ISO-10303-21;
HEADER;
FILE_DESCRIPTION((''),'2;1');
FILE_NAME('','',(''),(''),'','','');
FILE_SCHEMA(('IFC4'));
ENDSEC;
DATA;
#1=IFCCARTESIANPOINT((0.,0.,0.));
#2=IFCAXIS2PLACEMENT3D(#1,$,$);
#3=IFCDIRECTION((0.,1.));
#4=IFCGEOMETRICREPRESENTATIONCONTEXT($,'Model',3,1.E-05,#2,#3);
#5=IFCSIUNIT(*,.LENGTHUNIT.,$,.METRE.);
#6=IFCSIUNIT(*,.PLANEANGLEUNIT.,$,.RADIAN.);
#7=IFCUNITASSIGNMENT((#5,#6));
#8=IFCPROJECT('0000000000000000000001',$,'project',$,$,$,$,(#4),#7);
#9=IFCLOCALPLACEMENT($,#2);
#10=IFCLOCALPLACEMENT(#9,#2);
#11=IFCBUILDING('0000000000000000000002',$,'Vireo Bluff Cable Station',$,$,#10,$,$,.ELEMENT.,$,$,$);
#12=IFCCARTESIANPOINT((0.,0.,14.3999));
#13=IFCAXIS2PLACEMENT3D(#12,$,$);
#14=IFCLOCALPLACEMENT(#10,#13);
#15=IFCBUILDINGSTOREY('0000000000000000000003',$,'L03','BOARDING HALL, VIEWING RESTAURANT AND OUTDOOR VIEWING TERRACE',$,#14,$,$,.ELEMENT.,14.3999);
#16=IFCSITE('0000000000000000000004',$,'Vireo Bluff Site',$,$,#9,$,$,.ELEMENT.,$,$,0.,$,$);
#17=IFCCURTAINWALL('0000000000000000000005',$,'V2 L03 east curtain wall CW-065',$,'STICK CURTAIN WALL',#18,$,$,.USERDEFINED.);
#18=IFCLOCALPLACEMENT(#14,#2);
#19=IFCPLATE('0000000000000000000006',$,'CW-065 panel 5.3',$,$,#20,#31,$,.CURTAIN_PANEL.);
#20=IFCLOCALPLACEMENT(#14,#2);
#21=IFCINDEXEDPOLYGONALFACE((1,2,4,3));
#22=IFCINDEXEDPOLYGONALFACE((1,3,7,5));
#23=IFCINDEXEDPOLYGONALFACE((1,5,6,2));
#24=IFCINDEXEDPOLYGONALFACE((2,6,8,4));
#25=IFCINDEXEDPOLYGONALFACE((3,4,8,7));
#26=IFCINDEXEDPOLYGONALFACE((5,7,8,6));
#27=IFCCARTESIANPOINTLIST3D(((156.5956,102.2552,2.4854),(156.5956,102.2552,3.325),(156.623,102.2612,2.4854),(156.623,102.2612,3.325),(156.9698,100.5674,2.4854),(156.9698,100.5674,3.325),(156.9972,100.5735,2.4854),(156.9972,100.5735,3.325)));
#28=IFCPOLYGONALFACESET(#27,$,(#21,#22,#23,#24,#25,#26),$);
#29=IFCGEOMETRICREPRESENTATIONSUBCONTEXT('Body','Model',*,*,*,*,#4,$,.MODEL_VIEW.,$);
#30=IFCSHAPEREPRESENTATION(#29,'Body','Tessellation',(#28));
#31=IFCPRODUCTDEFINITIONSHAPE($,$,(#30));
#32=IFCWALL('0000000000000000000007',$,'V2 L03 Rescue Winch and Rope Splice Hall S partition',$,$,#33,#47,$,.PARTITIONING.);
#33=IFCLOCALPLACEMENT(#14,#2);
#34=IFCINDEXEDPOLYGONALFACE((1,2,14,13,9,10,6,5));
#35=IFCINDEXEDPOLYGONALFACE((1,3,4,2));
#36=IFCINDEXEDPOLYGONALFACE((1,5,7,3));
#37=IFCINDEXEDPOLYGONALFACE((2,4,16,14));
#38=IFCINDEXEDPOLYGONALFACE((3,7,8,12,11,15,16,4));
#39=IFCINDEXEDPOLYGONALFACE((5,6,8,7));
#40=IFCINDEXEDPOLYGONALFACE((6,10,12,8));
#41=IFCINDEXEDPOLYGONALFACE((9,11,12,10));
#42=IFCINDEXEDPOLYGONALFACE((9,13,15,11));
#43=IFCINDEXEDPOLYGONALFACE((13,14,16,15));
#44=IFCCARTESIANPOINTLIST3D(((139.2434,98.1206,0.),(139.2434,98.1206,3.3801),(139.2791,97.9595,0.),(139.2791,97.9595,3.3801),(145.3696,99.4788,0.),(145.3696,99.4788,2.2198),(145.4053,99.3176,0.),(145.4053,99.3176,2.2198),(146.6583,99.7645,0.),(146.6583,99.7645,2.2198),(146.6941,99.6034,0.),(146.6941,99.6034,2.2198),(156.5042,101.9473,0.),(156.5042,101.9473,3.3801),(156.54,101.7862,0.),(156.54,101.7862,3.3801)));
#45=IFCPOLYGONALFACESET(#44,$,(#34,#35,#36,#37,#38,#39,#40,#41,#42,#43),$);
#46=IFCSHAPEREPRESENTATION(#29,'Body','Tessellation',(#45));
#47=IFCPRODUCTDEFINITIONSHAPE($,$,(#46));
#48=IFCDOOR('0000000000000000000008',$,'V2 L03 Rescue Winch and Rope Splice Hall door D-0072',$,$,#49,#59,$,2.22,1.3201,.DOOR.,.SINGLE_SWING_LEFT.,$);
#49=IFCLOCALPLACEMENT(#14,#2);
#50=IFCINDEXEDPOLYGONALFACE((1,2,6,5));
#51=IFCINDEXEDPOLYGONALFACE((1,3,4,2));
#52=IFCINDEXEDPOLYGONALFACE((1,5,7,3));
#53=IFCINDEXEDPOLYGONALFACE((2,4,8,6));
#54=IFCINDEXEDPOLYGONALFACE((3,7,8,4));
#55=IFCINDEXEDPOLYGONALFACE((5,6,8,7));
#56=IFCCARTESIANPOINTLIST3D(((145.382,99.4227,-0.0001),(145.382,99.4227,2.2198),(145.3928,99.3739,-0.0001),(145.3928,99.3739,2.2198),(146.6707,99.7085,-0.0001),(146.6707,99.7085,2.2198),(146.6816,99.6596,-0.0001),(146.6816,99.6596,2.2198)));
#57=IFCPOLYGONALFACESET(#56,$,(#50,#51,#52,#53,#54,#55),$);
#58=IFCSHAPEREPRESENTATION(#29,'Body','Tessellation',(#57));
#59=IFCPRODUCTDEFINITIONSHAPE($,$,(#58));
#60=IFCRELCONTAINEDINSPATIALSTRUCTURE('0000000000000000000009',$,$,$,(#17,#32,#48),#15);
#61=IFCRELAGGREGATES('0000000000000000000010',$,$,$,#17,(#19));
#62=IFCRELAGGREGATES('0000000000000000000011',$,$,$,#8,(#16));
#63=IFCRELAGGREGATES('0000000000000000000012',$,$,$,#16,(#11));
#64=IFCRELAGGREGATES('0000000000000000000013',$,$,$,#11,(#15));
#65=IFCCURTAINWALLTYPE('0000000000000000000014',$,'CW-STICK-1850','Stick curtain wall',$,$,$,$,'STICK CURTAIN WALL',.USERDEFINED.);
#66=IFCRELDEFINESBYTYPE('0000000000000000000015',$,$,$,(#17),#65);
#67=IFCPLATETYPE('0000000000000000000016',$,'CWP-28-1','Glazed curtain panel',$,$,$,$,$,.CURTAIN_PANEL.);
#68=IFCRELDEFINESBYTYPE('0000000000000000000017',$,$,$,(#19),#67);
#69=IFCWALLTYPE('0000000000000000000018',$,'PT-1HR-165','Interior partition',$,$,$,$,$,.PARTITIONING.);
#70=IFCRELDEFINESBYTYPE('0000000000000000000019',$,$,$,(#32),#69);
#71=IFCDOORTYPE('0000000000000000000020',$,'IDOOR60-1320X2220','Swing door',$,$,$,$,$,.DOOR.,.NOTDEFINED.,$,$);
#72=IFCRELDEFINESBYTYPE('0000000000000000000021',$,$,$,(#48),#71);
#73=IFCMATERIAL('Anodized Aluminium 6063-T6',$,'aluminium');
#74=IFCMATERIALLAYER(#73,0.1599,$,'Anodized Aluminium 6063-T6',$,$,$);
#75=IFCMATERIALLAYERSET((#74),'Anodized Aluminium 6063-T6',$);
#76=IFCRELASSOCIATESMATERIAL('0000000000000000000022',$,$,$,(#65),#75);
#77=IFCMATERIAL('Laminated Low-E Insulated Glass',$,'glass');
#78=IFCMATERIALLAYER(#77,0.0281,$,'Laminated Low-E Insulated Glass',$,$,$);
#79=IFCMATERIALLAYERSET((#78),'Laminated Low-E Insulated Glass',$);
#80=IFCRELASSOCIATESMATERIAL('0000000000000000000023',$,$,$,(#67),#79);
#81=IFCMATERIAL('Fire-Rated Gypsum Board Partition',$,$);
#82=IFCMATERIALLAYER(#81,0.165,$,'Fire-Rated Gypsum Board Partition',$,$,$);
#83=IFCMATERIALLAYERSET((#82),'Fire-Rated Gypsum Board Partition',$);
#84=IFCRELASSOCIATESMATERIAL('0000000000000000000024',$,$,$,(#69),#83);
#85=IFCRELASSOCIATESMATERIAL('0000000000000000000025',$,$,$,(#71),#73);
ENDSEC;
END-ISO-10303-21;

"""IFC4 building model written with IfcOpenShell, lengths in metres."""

from ifc_helpers import new_model, si_unit, direction, frame, frame_2d, origin, origin_with_axes, origin_2d, place, context, subcontext, project, spatial, rectangle, extrude, material, layer, layer_set, type_object, element, fill, aggregate, save


model = new_model("IFC4")

# Units and contexts
model_context = context("Model", 3, precision=1e-05, world=origin(), true_north=direction((0.0, 1.0)))
body_context = subcontext(model_context, "Body", "Model", "MODEL_VIEW")
ifc_project = project(units=[si_unit("LENGTHUNIT", "METRE"), si_unit("PLANEANGLEUNIT", "RADIAN")], contexts=[model_context])

# Site, building, storey
site_placement = place(None, origin())
site = spatial("IfcSite", under=ifc_project, at=site_placement, Name="Vireo Bluff Site", CompositionType="ELEMENT", RefElevation=0.0)
building_placement = place(site_placement, origin())
building = spatial("IfcBuilding", under=site, at=building_placement, Name="Vireo Bluff Cable Station", CompositionType="ELEMENT")
storey_placement = place(building_placement, frame((0.0, 0.0, 14.3999)))
storey = spatial("IfcBuildingStorey", under=building, at=storey_placement, Name="L03", Description="BOARDING HALL, VIEWING RESTAURANT AND OUTDOOR VIEWING TERRACE", CompositionType="ELEMENT", Elevation=14.3999)

# Curtain wall
ifc_material_1 = material(Name="Anodized Aluminium 6063-T6", Category="aluminium")
ifc_layer_1 = layer(ifc_material_1, 0.1599, Name="Anodized Aluminium 6063-T6")
ifc_layer_set_1 = layer_set([ifc_layer_1], Name="Anodized Aluminium 6063-T6")
curtain_wall_type_1 = type_object("IfcCurtainWallType", Name="CW-STICK-1850", Description="Stick curtain wall", ElementType="STICK CURTAIN WALL", PredefinedType="USERDEFINED", material=ifc_layer_set_1)
curtain_wall_1_placement = place(storey_placement, origin())
curtain_wall_1 = element("IfcCurtainWall", 1, at=curtain_wall_1_placement, inside=storey, type_object=curtain_wall_type_1, Name="V2 L03 east curtain wall CW-065", ObjectType="STICK CURTAIN WALL", PredefinedType="USERDEFINED")

# Plate
ifc_material_2 = material(Name="Laminated Low-E Insulated Glass", Category="glass")
ifc_layer_2 = layer(ifc_material_2, 0.0281, Name="Laminated Low-E Insulated Glass")
ifc_layer_set_2 = layer_set([ifc_layer_2], Name="Laminated Low-E Insulated Glass")
plate_type = type_object("IfcPlateType", Name="CWP-28-1", Description="Glazed curtain panel", PredefinedType="CURTAIN_PANEL", material=ifc_layer_set_2)
plate_1_placement = place(storey_placement, frame((156.7964, 101.4143, 2.4854), z_axis=(0.0, 0.0, 1.0), x_axis=(0.21644, -0.976296, 0.0)))
plate_1 = element("IfcPlate", 2, at=plate_1_placement, type_object=plate_type, Name="CW-065 panel 5.3", PredefinedType="CURTAIN_PANEL", context=body_context, shape_type="SweptSolid", body=[
    extrude(rectangle(XDim=1.7288, YDim=0.0281, at=origin_2d()), origin(), (0.0, 0.0, 1.0), 0.8396),
])
aggregate(curtain_wall_1, [plate_1])

# Wall, opening, door
ifc_material_3 = material(Name="Fire-Rated Gypsum Board Partition")
ifc_layer_3 = layer(ifc_material_3, 0.165, Name="Fire-Rated Gypsum Board Partition")
ifc_layer_set_3 = layer_set([ifc_layer_3], Name="Fire-Rated Gypsum Board Partition")
wall_type = type_object("IfcWallType", Name="PT-1HR-165", Description="Interior partition", PredefinedType="PARTITIONING", material=ifc_layer_set_3)
wall_placement = place(storey_placement, frame((156.522, 101.8667, 0.0), z_axis=(0.0, 0.0, 1.0), x_axis=(-0.976295, -0.216442, 0.0)))
wall = element("IfcWall", 3, at=wall_placement, inside=storey, type_object=wall_type, Name="V2 L03 Rescue Winch and Rope Splice Hall S partition", PredefinedType="PARTITIONING", context=body_context, shape_type="SweptSolid", body=[
    extrude(rectangle(XDim=17.6799, YDim=0.165, at=frame_2d((8.8398, 0.0))), origin(), (0.0, 0.0, 1.0), 3.3801),
])
opening_placement = place(wall_placement, frame((10.0847, 0.0, 0.0)))
opening = element("IfcOpeningElement", 4, at=opening_placement, cuts=wall, PredefinedType="OPENING", context=body_context, shape_type="SweptSolid", body=[
    extrude(rectangle(XDim=1.3201, YDim=2.22, at=frame_2d((0.6602, 1.1099))), frame((0.0, 0.0925, 0.0), z_axis=(0.0, -1.0, 0.0), x_axis=(1.0, 0.0, 0.0)), (0.0, 0.0, 1.0), 0.1851),
])
door_type = type_object("IfcDoorType", Name="IDOOR60-1320X2220", Description="Swing door", OperationType="NOTDEFINED", PredefinedType="DOOR", material=ifc_material_1)
door_placement = place(opening_placement, origin_with_axes())
door = element("IfcDoor", 5, at=door_placement, inside=storey, type_object=door_type, Name="V2 L03 Rescue Winch and Rope Splice Hall door D-0072", OperationType="SINGLE_SWING_LEFT", OverallHeight=2.22, OverallWidth=1.3201, PredefinedType="DOOR", context=body_context, shape_type="SweptSolid", body=[
    extrude(rectangle(XDim=1.3201, YDim=2.22, at=frame_2d((0.6602, 1.1099))), frame((0.0, 0.0249, 0.0), z_axis=(0.0, -1.0, 0.0), x_axis=(1.0, 0.0, 0.0)), (0.0, 0.0, 1.0), 0.05),
])
fill(opening, door)

save(model, "model.ifc")
